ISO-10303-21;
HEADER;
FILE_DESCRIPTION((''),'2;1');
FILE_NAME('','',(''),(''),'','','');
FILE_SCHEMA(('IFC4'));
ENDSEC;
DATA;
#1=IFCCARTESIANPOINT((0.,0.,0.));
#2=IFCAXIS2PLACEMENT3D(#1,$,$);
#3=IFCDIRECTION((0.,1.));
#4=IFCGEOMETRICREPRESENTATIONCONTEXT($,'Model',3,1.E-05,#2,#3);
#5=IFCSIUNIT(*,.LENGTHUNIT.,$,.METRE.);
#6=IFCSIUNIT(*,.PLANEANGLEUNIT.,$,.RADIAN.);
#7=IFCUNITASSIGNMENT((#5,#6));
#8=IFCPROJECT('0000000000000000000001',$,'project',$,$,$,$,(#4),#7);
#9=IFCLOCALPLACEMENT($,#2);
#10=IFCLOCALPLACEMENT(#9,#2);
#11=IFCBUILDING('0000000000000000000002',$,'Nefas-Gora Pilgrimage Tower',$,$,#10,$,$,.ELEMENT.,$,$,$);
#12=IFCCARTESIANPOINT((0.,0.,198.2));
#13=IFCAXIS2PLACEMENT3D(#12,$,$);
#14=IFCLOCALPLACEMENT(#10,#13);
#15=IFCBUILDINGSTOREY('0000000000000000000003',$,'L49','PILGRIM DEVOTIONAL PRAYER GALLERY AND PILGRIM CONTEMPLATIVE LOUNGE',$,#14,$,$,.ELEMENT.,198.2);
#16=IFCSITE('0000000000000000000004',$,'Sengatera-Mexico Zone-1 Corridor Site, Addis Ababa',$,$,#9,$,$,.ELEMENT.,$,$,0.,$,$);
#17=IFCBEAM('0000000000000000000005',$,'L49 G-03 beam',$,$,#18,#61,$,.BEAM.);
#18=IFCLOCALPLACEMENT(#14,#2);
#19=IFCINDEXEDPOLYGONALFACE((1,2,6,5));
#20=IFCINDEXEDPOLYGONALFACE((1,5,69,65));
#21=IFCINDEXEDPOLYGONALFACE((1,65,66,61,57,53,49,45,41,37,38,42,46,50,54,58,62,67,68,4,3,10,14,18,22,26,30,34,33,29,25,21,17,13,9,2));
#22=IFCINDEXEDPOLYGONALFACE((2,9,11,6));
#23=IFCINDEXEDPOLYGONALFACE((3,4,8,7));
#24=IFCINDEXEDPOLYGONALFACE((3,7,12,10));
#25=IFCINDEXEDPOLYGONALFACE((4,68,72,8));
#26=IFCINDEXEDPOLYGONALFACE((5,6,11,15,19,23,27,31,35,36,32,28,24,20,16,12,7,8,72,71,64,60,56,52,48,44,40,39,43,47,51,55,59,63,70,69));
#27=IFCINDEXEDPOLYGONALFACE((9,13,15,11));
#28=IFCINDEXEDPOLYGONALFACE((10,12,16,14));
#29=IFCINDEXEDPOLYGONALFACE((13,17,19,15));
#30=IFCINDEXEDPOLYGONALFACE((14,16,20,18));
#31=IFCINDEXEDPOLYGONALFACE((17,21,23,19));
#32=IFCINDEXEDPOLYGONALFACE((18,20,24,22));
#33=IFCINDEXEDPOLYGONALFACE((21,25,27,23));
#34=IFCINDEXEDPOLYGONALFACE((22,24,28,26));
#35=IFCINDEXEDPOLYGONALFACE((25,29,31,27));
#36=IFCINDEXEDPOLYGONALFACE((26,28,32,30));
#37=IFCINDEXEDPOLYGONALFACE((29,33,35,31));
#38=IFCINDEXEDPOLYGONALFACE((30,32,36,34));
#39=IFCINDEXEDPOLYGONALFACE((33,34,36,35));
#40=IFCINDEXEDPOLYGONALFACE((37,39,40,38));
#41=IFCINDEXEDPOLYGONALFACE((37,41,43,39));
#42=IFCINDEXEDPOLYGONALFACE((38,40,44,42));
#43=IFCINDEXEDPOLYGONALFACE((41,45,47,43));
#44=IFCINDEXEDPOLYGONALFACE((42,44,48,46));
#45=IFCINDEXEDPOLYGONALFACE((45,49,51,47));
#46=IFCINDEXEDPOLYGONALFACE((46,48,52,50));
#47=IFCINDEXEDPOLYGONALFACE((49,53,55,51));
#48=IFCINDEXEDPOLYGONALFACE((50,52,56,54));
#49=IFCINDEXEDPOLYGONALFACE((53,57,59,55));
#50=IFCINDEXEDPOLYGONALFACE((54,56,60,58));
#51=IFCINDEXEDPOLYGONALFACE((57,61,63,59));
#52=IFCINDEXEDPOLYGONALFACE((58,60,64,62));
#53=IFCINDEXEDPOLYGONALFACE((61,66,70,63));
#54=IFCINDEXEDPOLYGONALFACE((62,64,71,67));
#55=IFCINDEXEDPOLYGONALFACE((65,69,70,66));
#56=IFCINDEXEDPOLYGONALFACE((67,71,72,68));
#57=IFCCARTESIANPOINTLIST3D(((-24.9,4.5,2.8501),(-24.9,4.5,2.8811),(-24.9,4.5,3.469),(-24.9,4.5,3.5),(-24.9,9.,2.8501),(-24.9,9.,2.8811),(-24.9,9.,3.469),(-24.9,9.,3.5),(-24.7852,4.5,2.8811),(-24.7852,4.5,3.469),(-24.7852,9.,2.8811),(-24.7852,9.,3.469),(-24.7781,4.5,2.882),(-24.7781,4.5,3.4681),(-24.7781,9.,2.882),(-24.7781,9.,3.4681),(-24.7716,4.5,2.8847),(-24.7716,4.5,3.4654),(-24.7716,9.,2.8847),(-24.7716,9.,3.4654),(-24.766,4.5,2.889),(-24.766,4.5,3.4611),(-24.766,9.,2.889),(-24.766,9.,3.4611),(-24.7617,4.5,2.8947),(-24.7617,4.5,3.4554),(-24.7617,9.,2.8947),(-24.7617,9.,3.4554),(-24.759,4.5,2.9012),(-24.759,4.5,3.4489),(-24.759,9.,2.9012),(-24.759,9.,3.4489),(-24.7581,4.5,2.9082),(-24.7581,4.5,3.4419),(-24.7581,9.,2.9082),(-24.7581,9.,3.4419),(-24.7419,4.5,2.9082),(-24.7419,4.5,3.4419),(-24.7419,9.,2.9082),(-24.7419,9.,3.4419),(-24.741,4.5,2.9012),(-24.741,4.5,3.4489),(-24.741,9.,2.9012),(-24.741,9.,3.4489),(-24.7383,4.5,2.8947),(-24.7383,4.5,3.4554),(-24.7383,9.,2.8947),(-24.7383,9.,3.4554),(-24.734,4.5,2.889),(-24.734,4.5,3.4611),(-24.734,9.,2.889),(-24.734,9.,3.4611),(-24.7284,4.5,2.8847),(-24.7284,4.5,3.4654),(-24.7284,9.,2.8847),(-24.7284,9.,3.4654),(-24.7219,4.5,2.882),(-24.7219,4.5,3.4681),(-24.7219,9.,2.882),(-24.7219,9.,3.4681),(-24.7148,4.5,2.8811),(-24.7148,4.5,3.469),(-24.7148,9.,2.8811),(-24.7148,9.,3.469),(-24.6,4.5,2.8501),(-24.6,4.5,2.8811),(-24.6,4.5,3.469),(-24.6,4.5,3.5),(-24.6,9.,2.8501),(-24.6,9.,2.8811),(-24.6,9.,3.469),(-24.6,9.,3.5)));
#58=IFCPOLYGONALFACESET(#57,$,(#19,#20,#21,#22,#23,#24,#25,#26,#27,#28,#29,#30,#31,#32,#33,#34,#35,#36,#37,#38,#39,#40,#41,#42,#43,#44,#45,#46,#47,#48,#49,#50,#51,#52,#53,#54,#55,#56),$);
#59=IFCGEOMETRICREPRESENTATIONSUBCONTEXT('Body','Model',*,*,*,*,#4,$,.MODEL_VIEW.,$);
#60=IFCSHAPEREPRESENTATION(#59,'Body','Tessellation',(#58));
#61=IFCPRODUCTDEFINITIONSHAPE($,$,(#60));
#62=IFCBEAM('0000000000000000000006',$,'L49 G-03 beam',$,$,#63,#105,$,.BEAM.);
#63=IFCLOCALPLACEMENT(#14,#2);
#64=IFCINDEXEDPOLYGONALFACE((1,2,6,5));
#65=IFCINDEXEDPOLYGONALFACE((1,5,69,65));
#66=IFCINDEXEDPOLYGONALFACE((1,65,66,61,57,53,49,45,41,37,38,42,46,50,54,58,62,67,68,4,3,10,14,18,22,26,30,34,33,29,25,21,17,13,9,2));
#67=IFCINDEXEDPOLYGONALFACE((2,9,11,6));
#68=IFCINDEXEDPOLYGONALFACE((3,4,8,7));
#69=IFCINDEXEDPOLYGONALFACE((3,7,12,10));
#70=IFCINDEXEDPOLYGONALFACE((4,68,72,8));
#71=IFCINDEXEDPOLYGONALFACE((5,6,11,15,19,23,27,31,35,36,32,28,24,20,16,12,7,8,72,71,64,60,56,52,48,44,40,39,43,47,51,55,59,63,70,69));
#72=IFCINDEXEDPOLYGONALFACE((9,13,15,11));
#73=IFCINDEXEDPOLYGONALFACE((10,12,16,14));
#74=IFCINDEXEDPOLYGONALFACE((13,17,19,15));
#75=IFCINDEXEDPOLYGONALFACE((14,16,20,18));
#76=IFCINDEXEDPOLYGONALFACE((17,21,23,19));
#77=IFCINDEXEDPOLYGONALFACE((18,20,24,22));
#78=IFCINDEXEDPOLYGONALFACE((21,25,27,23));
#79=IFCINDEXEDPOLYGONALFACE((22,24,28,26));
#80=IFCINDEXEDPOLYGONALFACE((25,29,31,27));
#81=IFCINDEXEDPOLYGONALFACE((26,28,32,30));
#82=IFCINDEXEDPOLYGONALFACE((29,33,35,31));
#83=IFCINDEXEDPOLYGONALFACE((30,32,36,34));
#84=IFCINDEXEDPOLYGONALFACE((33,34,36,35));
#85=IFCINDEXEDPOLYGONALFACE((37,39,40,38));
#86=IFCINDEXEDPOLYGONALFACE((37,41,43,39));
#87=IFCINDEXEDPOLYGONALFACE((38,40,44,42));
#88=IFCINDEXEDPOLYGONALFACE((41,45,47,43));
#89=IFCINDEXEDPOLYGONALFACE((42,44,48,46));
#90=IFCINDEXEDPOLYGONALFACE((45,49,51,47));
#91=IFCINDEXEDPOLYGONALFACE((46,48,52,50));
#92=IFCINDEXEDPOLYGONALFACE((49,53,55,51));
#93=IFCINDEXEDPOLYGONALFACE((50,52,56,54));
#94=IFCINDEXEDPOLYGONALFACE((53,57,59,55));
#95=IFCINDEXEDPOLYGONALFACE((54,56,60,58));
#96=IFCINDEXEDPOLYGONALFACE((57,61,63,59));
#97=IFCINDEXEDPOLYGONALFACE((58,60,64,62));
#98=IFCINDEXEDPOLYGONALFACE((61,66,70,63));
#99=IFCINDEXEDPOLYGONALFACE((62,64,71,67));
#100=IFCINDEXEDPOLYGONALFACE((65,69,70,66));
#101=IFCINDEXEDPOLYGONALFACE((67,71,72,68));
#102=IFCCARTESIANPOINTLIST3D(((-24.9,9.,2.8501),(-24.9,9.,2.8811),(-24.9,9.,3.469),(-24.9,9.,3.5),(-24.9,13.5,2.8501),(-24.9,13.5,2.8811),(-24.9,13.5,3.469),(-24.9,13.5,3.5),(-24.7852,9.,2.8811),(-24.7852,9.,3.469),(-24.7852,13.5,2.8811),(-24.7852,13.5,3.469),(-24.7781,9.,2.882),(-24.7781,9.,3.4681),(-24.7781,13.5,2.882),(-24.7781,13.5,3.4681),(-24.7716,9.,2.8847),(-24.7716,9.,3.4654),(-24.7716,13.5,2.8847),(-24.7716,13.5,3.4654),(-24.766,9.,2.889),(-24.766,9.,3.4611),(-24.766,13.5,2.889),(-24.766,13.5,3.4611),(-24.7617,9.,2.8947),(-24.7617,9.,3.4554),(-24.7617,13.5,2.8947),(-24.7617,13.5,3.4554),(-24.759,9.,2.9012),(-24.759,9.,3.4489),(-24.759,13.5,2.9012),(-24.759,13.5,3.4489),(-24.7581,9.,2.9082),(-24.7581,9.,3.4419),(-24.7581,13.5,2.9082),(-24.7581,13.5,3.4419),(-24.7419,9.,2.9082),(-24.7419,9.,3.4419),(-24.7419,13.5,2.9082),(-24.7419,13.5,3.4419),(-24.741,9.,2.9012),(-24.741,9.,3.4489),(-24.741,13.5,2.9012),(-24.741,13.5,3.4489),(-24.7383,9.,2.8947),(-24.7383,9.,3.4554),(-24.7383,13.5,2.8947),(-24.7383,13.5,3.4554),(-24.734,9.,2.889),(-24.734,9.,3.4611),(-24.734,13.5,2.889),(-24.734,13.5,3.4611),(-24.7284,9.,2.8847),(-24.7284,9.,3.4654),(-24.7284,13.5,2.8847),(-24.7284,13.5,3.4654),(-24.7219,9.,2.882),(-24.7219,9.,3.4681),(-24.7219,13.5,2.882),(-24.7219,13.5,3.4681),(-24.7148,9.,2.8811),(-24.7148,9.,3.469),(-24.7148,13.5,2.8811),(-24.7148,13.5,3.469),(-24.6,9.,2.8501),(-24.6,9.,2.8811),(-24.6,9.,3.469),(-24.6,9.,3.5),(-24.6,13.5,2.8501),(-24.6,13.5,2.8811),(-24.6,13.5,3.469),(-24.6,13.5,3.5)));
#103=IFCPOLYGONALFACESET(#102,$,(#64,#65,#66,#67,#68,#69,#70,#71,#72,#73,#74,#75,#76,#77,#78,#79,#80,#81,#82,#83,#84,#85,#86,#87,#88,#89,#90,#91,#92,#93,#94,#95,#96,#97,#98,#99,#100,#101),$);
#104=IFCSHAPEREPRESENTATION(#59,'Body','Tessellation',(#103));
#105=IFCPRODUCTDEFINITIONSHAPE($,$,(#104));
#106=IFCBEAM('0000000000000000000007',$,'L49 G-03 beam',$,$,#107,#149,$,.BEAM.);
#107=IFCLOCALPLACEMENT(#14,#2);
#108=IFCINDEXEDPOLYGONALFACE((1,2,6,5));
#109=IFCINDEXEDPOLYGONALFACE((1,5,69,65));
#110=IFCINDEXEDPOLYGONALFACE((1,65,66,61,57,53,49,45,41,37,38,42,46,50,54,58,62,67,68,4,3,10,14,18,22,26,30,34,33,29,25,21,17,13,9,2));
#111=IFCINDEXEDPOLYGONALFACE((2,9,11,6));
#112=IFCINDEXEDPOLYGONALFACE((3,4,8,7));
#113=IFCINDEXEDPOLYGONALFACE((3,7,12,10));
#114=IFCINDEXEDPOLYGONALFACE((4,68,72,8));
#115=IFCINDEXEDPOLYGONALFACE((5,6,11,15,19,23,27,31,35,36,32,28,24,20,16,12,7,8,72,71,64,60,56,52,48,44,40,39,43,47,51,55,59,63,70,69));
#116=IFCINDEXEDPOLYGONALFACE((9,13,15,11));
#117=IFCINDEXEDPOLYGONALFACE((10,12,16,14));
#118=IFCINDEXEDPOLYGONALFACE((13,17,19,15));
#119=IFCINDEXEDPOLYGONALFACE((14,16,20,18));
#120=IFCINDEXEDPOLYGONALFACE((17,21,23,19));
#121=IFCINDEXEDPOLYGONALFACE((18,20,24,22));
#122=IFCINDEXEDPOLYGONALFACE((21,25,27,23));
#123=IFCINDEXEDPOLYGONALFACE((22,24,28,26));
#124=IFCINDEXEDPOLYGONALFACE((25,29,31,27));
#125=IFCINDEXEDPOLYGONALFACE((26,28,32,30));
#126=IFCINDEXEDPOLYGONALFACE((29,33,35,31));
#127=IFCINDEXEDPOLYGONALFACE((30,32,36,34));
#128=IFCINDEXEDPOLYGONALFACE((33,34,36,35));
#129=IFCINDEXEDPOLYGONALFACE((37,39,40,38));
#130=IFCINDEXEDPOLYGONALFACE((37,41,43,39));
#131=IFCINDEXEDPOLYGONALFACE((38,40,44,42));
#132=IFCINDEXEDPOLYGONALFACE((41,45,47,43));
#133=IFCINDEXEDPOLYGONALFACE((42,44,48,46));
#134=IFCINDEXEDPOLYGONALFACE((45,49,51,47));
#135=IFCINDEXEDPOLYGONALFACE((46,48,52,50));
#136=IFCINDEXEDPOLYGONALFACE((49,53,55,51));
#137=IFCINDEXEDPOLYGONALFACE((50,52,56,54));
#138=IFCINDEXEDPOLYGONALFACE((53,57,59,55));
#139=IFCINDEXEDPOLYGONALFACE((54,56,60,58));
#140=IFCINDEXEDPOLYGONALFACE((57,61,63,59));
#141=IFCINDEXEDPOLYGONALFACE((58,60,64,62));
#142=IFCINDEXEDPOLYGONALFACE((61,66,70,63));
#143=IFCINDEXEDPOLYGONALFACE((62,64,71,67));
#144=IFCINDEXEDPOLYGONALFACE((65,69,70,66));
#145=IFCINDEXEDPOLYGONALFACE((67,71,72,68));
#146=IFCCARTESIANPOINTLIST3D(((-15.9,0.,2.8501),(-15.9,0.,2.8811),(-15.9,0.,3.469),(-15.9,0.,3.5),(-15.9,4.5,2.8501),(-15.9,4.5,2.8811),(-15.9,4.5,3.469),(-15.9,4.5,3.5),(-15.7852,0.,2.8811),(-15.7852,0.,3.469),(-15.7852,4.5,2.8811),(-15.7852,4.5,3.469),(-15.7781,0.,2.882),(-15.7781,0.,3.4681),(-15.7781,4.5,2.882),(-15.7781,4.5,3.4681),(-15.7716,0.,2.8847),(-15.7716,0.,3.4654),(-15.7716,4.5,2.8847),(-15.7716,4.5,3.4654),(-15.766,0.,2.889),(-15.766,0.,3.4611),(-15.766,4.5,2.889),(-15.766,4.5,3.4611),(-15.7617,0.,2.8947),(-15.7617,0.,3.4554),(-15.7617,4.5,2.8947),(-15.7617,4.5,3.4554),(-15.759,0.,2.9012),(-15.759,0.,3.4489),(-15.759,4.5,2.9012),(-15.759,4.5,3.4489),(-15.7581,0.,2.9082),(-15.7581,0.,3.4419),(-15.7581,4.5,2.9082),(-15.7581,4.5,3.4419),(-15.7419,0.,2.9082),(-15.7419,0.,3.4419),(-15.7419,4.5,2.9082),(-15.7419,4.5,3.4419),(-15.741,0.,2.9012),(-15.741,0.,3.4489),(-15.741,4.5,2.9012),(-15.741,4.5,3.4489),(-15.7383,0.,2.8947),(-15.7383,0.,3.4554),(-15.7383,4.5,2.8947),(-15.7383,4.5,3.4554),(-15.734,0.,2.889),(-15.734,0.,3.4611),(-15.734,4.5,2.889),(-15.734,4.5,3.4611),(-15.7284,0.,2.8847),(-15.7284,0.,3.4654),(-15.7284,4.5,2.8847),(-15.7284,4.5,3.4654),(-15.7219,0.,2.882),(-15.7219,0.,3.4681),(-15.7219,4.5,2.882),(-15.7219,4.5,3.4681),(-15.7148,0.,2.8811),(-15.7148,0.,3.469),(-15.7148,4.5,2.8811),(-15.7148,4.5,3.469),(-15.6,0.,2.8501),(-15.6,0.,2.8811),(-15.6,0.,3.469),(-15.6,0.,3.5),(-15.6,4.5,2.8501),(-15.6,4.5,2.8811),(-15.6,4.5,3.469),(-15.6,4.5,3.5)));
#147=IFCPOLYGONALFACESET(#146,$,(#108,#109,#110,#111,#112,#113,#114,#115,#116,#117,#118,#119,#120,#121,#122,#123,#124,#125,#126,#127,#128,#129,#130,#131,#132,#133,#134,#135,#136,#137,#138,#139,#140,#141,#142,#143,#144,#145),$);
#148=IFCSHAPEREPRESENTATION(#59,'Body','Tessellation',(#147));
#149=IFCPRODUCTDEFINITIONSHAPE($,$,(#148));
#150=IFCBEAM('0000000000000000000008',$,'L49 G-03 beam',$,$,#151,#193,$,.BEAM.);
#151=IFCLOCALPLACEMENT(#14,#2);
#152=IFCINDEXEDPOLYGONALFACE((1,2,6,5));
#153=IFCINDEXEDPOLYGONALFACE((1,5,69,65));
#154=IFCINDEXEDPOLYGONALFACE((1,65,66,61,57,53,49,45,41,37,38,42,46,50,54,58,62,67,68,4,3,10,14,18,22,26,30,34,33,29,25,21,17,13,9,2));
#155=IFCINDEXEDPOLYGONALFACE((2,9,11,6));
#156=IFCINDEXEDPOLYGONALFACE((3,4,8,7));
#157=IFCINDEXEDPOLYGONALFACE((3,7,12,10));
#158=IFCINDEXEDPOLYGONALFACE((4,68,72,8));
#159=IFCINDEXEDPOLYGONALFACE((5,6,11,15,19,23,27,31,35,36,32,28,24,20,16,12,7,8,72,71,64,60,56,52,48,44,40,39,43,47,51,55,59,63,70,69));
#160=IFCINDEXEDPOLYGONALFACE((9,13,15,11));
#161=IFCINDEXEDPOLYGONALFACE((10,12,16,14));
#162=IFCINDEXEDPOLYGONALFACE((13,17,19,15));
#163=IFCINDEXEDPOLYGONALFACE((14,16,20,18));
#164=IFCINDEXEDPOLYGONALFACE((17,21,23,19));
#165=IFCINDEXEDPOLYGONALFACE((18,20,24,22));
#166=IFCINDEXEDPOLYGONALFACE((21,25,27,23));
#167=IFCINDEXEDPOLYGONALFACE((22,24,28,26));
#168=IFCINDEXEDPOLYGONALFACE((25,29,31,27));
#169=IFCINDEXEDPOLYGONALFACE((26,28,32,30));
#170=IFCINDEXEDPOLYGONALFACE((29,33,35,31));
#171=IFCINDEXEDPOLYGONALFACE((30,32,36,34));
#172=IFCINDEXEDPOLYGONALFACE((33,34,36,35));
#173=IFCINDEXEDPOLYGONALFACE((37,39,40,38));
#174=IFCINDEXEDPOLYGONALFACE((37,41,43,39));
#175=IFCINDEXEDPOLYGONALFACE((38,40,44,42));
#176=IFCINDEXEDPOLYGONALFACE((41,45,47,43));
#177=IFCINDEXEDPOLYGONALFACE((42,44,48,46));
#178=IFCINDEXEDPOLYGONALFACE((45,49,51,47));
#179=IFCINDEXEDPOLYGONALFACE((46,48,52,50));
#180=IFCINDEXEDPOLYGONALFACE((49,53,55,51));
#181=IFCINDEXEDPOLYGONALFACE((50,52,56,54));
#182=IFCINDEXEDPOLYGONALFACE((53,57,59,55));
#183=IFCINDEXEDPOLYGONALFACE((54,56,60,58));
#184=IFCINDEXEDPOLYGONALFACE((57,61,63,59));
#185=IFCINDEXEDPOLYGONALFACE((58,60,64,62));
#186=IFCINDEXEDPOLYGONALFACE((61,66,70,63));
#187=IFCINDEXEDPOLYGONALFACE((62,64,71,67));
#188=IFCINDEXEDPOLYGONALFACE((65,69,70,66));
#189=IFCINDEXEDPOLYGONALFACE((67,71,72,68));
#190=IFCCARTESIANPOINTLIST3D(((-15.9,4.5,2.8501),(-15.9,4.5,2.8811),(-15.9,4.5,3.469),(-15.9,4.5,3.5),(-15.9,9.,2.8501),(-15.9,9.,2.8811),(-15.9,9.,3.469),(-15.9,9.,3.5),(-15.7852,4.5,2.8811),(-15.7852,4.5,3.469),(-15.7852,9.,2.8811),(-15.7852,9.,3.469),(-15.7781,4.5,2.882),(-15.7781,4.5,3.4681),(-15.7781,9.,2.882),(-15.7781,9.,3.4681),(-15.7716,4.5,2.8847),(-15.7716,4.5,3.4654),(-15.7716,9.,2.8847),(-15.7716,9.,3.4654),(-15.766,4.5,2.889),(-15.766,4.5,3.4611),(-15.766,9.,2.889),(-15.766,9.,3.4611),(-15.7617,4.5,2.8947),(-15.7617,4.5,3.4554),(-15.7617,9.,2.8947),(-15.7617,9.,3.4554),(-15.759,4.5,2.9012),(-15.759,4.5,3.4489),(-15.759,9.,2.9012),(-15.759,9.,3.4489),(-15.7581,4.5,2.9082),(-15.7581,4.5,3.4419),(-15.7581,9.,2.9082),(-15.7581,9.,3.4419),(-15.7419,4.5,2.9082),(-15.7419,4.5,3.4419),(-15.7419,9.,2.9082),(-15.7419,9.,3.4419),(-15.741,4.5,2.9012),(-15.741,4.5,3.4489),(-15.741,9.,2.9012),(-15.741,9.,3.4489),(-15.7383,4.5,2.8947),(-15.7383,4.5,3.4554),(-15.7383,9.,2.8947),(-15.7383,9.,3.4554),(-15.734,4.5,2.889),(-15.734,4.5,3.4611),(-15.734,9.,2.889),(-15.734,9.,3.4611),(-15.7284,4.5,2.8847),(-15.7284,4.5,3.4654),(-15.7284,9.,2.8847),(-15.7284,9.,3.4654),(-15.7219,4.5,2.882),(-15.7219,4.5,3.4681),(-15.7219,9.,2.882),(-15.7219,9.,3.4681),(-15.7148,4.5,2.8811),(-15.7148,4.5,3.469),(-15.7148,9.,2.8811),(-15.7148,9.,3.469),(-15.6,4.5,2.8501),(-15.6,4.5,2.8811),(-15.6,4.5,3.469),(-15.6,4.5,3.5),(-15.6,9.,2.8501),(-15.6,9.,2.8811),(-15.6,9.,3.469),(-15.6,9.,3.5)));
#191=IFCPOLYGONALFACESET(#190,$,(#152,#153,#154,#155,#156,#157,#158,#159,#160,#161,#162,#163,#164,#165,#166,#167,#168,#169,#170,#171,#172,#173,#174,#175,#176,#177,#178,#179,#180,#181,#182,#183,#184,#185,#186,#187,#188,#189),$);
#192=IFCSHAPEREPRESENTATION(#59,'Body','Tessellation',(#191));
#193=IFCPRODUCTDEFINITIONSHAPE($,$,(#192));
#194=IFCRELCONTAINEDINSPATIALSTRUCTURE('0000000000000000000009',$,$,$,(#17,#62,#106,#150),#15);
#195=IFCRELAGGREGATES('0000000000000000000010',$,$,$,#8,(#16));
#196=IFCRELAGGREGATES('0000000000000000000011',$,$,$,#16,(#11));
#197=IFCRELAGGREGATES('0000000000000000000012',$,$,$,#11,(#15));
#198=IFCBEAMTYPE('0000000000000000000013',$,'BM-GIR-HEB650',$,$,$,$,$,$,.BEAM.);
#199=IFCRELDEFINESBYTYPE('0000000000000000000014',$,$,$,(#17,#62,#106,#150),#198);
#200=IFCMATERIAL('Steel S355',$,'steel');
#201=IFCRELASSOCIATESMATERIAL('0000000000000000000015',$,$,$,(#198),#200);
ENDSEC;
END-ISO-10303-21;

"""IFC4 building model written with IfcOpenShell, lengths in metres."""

from ifc_helpers import new_model, si_unit, direction, frame, origin, origin_2d, place, context, subcontext, project, spatial, i_section, extrude, source, transform, mapped, material, material_profile, profile_set, type_object, element, save


model = new_model("IFC4")

# Units and contexts
model_context = context("Model", 3, precision=1e-05, world=origin(), true_north=direction((0.0, 1.0)))
body_context = subcontext(model_context, "Body", "Model", "MODEL_VIEW")
ifc_project = project(units=[si_unit("LENGTHUNIT", "METRE"), si_unit("PLANEANGLEUNIT", "RADIAN")], contexts=[model_context])

# Site, building, storey
site_placement = place(None, origin())
site = spatial("IfcSite", under=ifc_project, at=site_placement, Name="Sengatera-Mexico Zone-1 Corridor Site, Addis Ababa", CompositionType="ELEMENT", RefElevation=0.0)
building_placement = place(site_placement, origin())
building = spatial("IfcBuilding", under=site, at=building_placement, Name="Nefas-Gora Pilgrimage Tower", CompositionType="ELEMENT")
storey_placement = place(building_placement, frame((0.0, 0.0, 198.2)))
storey = spatial("IfcBuildingStorey", under=building, at=storey_placement, Name="L49", Description="PILGRIM DEVOTIONAL PRAYER GALLERY AND PILGRIM CONTEMPLATIVE LOUNGE", CompositionType="ELEMENT", Elevation=198.2)

# Beams
ifc_material_1 = material(Name="Steel S355", Category="steel")
ifc_material_profile_1 = material_profile(ifc_material_1, i_section(OverallWidth=0.3, OverallDepth=0.6499, WebThickness=0.0161, FlangeThickness=0.031, FilletRadius=0.0271, at=origin_2d()), Name="HEB 650")
ifc_profile_set_1 = profile_set([ifc_material_profile_1], Name="Steel S355")
beam_type_1 = type_object("IfcBeamType", Name="BM-GIR-HEB650", PredefinedType="BEAM", material=ifc_profile_set_1)
shared_shape_1 = source(origin(), body_context, "Body", "SweptSolid", [
    extrude(i_section(OverallWidth=0.3, OverallDepth=0.6499, WebThickness=0.0161, FlangeThickness=0.031, FilletRadius=0.0271, at=origin_2d()), origin(), (0.0, 0.0, 1.0), 4.5),
])
for number, where, z_axis, x_axis, name in (
    (1, (-24.75, 4.5, 3.175), (0.0, 1.0, 0.0), (-1.0, 0.0, 0.0), "L49 G-03 beam"),
    (2, (-24.75, 9.0, 3.175), (0.0, 1.0, 0.0), (-1.0, 0.0, 0.0), "L49 G-03 beam"),
    (3, (-15.75, 0.0, 3.175), (0.0, 1.0, 0.0), (-1.0, 0.0, 0.0), "L49 G-03 beam"),
    (4, (-15.75, 4.5, 3.175), (0.0, 1.0, 0.0), (-1.0, 0.0, 0.0), "L49 G-03 beam"),
):
    element("IfcBeam", number, at=place(storey_placement, frame(where, z_axis=z_axis, x_axis=x_axis)), inside=storey, type_object=beam_type_1, Name=name, PredefinedType="BEAM", context=body_context, shape_type="MappedRepresentation", body=[
        mapped(shared_shape_1, transform((0.0, 0.0, 0.0), x_axis=(1.0, 0.0, 0.0), y_axis=(0.0, 1.0, 0.0), z_axis=(0.0, 0.0, 1.0), scale=1.0)),
    ])

save(model, "model.ifc")
